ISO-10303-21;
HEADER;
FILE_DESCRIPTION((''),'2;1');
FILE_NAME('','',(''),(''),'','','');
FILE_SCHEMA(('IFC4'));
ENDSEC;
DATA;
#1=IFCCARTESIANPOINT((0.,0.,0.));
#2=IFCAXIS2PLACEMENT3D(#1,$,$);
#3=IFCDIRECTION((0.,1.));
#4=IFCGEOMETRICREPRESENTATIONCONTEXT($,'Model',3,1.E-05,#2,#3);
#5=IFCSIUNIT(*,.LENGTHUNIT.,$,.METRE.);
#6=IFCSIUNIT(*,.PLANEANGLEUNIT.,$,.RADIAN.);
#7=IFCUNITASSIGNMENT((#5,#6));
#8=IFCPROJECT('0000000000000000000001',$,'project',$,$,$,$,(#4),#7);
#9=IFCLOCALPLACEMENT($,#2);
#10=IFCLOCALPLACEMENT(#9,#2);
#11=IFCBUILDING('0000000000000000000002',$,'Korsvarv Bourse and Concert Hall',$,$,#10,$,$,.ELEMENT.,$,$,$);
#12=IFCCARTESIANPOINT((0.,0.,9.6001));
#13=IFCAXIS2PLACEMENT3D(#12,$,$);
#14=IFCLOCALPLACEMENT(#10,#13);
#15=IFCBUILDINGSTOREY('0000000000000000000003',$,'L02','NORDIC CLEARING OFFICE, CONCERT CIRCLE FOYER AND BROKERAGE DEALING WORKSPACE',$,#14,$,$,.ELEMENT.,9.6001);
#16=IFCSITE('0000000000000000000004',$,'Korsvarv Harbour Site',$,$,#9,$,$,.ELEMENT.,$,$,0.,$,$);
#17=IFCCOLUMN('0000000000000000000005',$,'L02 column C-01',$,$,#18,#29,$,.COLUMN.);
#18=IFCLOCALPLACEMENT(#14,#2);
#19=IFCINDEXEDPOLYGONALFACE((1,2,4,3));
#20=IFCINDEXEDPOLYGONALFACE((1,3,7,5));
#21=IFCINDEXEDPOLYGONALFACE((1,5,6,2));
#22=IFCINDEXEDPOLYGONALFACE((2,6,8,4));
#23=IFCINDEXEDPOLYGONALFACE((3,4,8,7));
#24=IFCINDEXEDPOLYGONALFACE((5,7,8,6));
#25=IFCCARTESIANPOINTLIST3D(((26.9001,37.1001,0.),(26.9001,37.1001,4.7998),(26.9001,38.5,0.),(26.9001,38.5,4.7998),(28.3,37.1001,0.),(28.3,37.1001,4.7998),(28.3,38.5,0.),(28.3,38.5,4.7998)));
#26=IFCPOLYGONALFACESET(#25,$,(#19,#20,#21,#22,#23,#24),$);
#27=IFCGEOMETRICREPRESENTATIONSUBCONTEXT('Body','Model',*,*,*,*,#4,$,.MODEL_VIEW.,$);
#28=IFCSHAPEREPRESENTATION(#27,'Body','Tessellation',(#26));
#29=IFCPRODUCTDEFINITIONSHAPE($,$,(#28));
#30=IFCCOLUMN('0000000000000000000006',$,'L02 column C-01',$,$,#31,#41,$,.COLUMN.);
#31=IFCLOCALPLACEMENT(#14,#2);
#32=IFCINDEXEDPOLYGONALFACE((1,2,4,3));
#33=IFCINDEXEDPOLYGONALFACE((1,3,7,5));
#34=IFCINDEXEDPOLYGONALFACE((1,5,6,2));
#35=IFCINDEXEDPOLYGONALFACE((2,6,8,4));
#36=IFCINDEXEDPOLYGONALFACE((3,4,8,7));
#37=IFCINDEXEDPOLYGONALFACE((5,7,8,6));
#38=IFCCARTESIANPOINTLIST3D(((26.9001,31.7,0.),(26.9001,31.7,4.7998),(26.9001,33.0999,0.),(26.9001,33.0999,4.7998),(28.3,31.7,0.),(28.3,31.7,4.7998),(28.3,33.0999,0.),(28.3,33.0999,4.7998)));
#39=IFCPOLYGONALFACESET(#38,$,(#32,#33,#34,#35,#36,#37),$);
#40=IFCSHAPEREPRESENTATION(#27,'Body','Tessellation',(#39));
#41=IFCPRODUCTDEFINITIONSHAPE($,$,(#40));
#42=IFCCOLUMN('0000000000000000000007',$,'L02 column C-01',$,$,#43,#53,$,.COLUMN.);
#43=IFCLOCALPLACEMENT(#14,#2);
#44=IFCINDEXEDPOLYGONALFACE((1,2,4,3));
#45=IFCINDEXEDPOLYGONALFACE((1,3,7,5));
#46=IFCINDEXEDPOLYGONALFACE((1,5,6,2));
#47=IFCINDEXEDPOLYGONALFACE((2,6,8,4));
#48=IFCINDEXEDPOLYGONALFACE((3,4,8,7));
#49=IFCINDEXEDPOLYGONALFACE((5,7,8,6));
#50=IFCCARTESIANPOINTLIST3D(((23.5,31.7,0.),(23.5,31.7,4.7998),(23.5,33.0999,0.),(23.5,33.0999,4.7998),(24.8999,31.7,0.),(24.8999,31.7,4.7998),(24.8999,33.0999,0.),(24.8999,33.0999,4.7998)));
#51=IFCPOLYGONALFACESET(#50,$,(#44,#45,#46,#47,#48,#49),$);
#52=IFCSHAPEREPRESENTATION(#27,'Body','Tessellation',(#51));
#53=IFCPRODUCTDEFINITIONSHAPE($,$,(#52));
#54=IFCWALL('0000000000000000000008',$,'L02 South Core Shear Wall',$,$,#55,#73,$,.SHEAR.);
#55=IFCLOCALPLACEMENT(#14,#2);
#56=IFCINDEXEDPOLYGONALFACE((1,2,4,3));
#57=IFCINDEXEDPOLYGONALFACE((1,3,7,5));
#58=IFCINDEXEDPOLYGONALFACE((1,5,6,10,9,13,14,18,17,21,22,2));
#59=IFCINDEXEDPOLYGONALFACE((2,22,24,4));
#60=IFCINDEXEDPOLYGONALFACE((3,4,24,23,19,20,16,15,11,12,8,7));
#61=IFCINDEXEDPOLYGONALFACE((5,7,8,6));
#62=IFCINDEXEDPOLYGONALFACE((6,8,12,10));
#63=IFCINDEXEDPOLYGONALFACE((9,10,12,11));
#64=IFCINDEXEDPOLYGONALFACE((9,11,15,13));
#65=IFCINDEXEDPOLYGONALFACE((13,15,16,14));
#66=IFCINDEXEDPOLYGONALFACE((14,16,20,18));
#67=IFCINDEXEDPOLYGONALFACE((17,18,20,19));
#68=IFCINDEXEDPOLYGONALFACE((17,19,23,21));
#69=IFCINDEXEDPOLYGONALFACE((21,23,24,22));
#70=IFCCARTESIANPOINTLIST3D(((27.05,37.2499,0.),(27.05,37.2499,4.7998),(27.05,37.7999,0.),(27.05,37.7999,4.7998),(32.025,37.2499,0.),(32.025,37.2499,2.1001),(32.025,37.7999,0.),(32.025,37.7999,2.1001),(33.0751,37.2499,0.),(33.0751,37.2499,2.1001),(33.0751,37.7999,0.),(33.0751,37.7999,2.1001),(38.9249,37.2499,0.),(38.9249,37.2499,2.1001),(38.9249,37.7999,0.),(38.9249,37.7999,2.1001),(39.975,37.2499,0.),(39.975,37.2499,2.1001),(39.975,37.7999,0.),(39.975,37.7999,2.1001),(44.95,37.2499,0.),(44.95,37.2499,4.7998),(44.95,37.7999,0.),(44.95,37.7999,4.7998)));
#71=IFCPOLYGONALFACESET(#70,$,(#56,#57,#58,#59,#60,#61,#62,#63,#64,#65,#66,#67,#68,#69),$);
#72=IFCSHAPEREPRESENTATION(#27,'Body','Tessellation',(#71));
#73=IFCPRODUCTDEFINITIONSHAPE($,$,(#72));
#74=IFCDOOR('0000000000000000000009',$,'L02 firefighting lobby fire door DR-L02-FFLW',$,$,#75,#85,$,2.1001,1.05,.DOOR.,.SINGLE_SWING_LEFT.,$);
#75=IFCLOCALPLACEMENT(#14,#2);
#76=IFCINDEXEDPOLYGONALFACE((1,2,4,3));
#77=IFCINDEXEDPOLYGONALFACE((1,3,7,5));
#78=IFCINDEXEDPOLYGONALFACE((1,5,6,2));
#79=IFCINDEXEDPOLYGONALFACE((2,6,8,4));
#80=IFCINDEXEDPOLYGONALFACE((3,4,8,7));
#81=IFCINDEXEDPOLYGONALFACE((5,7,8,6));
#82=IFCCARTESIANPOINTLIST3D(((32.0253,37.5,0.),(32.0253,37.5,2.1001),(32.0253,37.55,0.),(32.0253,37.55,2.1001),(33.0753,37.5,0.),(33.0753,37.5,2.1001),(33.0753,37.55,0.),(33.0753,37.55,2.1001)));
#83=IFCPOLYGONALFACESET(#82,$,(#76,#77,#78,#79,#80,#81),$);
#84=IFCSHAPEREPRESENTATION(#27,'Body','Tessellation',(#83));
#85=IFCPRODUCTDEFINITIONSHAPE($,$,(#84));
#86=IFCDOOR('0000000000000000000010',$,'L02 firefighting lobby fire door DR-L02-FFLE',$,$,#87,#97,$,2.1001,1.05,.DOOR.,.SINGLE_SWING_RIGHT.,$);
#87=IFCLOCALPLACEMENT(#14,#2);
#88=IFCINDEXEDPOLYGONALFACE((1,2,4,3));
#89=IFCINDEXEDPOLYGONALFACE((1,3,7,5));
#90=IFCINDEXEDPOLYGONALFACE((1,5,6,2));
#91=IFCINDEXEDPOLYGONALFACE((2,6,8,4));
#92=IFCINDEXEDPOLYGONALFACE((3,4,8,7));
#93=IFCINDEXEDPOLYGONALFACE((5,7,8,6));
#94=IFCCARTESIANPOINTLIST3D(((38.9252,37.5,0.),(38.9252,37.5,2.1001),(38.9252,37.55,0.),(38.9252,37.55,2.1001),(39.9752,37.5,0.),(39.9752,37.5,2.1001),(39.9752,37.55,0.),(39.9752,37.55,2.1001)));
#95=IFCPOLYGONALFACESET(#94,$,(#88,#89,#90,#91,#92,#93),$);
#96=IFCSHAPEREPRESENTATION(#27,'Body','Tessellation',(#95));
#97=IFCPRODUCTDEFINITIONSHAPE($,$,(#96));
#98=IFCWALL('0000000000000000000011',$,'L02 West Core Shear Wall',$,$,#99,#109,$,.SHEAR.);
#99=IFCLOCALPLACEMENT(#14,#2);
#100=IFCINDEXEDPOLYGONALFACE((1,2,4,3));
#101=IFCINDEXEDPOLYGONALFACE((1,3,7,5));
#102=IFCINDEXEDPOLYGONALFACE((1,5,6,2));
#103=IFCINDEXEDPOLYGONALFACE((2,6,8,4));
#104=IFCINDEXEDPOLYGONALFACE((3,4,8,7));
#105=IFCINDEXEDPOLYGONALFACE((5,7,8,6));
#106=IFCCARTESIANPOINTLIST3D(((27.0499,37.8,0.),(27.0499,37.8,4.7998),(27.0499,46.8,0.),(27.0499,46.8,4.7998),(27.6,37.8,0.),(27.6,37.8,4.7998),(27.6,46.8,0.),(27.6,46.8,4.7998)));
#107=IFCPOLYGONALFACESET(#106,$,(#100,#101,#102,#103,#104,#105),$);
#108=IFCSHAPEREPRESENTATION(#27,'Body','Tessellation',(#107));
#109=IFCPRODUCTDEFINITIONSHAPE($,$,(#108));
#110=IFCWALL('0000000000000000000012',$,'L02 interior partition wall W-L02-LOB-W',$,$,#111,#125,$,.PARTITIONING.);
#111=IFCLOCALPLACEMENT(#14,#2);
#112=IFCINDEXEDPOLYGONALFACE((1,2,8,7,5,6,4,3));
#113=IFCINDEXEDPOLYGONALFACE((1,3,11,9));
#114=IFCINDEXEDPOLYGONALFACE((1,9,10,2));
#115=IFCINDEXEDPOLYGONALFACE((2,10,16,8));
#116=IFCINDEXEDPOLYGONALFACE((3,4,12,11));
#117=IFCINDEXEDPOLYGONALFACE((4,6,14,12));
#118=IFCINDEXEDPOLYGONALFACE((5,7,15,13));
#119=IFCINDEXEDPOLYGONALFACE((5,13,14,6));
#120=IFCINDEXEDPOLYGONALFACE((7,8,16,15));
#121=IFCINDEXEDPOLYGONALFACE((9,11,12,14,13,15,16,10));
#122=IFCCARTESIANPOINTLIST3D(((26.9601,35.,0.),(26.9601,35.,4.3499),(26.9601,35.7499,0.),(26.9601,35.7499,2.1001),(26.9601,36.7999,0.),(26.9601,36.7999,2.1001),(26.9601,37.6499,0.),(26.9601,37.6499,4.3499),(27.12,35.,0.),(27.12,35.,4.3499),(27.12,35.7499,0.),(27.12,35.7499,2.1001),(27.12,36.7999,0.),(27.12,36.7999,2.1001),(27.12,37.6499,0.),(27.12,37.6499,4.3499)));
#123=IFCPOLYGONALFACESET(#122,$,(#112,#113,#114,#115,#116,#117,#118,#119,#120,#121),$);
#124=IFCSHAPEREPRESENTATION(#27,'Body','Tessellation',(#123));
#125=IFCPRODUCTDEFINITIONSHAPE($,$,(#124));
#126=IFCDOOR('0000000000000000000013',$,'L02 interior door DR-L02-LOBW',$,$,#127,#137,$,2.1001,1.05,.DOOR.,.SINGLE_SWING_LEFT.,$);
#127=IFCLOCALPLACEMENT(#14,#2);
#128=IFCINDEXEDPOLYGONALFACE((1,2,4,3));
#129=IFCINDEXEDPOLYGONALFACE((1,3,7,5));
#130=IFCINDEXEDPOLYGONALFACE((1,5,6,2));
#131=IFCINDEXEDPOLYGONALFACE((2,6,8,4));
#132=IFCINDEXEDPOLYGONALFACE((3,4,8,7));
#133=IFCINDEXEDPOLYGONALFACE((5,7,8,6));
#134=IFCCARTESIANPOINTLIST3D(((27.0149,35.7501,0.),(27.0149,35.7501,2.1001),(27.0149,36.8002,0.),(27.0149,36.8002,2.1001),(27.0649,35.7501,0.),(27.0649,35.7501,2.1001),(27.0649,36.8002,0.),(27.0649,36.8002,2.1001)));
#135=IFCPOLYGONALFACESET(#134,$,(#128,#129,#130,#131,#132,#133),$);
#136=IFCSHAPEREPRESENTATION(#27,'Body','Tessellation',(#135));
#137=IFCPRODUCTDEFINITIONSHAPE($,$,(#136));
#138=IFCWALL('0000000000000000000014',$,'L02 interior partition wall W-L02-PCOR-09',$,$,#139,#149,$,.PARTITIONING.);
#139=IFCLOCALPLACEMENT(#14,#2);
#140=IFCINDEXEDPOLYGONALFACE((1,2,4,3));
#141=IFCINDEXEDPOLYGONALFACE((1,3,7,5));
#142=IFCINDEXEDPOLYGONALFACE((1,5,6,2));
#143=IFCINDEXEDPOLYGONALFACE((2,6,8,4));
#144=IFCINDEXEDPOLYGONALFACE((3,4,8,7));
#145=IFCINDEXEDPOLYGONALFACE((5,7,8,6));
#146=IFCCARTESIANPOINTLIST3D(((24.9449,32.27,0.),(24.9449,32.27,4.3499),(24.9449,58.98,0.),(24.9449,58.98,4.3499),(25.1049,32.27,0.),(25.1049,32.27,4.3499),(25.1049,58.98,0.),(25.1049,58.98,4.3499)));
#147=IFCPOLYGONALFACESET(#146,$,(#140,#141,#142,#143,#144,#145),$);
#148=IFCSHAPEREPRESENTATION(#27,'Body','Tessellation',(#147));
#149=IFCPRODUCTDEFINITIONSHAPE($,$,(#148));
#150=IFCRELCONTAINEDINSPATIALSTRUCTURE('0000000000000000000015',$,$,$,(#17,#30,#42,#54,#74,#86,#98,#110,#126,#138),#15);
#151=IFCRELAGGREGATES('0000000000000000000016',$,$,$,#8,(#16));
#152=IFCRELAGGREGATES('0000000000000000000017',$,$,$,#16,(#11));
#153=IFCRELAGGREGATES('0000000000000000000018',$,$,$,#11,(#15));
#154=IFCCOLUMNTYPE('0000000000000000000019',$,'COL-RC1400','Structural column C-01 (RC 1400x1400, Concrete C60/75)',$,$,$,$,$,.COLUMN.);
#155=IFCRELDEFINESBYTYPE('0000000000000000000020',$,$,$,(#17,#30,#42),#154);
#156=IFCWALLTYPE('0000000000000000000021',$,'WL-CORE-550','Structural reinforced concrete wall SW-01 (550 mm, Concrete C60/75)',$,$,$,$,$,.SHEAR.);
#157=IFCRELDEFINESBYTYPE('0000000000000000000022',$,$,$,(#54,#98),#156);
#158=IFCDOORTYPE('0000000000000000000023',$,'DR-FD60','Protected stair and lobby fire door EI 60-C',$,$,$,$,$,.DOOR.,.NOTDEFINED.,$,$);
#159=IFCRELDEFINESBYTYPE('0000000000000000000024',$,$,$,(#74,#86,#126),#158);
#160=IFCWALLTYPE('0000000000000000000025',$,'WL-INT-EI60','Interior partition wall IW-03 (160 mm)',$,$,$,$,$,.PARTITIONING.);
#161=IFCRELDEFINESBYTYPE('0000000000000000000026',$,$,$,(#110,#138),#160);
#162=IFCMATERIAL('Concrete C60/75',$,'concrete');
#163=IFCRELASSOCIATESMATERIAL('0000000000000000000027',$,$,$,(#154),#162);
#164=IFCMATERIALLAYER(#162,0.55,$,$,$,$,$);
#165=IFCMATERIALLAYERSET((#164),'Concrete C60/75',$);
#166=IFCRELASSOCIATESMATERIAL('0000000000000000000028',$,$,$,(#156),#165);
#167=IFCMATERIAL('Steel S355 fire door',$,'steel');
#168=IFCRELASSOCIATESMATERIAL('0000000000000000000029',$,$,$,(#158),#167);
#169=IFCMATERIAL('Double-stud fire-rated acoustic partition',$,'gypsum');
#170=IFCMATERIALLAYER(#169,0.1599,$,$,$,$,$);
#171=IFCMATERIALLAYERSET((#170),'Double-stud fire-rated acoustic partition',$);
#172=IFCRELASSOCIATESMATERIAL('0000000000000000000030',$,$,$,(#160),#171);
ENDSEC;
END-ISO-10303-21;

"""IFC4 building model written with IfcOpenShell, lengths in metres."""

from ifc_helpers import new_model, si_unit, direction, frame, frame_2d, origin, origin_2d, place, context, subcontext, project, spatial, rectangle, extrude, source, transform, mapped, material, layer, layer_set, material_profile, profile_set, type_object, element, fill, save


model = new_model("IFC4")

# Units and contexts
model_context = context("Model", 3, precision=1e-05, world=origin(), true_north=direction((0.0, 1.0)))
body_context = subcontext(model_context, "Body", "Model", "MODEL_VIEW")
ifc_project = project(units=[si_unit("LENGTHUNIT", "METRE"), si_unit("PLANEANGLEUNIT", "RADIAN")], contexts=[model_context])

# Site, building, storey
site_placement = place(None, origin())
site = spatial("IfcSite", under=ifc_project, at=site_placement, Name="Korsvarv Harbour Site", CompositionType="ELEMENT", RefElevation=0.0)
building_placement = place(site_placement, origin())
building = spatial("IfcBuilding", under=site, at=building_placement, Name="Korsvarv Bourse and Concert Hall", CompositionType="ELEMENT")
storey_placement = place(building_placement, frame((0.0, 0.0, 9.6001)))
storey = spatial("IfcBuildingStorey", under=building, at=storey_placement, Name="L02", Description="NORDIC CLEARING OFFICE, CONCERT CIRCLE FOYER AND BROKERAGE DEALING WORKSPACE", CompositionType="ELEMENT", Elevation=9.6001)

# Columns
ifc_material_1 = material(Name="Concrete C60/75", Category="concrete")
ifc_material_profile = material_profile(ifc_material_1, rectangle(XDim=1.3999, YDim=1.3999, at=origin_2d()), Name="RC 1400x1400")
ifc_profile_set = profile_set([ifc_material_profile], Name="Concrete C60/75")
column_type = type_object("IfcColumnType", Name="COL-RC1400", Description="Structural column C-01 (RC 1400x1400, Concrete C60/75)", PredefinedType="COLUMN", material=ifc_profile_set)
shared_shape = source(origin(), body_context, "Body", "SweptSolid", [
    extrude(rectangle(XDim=1.3999, YDim=1.3999, at=origin_2d()), origin(), (0.0, 0.0, 1.0), 4.7998),
])
for number, where, z_axis, x_axis, name in (
    (1, (27.6001, 37.8, 0.0), (0.0, 0.0, 1.0), (1.0, 0.0, 0.0), "L02 column C-01"),
    (2, (27.6001, 32.3999, 0.0), (0.0, 0.0, 1.0), (1.0, 0.0, 0.0), "L02 column C-01"),
    (3, (24.2, 32.3999, 0.0), (0.0, 0.0, 1.0), (1.0, 0.0, 0.0), "L02 column C-01"),
):
    element("IfcColumn", number, at=place(storey_placement, frame(where, z_axis=z_axis, x_axis=x_axis)), inside=storey, type_object=column_type, Name=name, PredefinedType="COLUMN", context=body_context, shape_type="MappedRepresentation", body=[
        mapped(shared_shape, transform((0.0, 0.0, 0.0), scale=1.0)),
    ])

# Wall, openings, doors
ifc_layer_1 = layer(ifc_material_1, 0.55)
ifc_layer_set_1 = layer_set([ifc_layer_1], Name="Concrete C60/75")
wall_type_1 = type_object("IfcWallType", Name="WL-CORE-550", Description="Structural reinforced concrete wall SW-01 (550 mm, Concrete C60/75)", PredefinedType="SHEAR", material=ifc_layer_set_1)
wall_1_placement = place(storey_placement, frame((27.05, 37.5249, 0.0), z_axis=(0.0, 0.0, 1.0), x_axis=(1.0, 0.0, 0.0)))
wall_1 = element("IfcWall", 4, at=wall_1_placement, inside=storey, type_object=wall_type_1, Name="L02 South Core Shear Wall", PredefinedType="SHEAR", context=body_context, shape_type="SweptSolid", body=[
    extrude(rectangle(XDim=17.8999, YDim=0.55, at=frame_2d((8.95, 0.0))), origin(), (0.0, 0.0, 1.0), 4.7998),
])
opening_1_placement = place(wall_1_placement, frame((4.9751, 0.0, 0.0)))
opening_1 = element("IfcOpeningElement", 5, at=opening_1_placement, cuts=wall_1, PredefinedType="OPENING", context=body_context, shape_type="SweptSolid", body=[
    extrude(rectangle(XDim=1.05, YDim=2.1001, at=frame_2d((0.5249, 1.05))), frame((0.0, 0.2852, 0.0), z_axis=(0.0, -1.0, 0.0), x_axis=(1.0, 0.0, 0.0)), (0.0, 0.0, 1.0), 0.5701),
])
opening_2_placement = place(wall_1_placement, frame((11.875, 0.0, 0.0)))
opening_2 = element("IfcOpeningElement", 6, at=opening_2_placement, cuts=wall_1, PredefinedType="OPENING", context=body_context, shape_type="SweptSolid", body=[
    extrude(rectangle(XDim=1.05, YDim=2.1001, at=frame_2d((0.5249, 1.05))), frame((0.0, 0.2852, 0.0), z_axis=(0.0, -1.0, 0.0), x_axis=(1.0, 0.0, 0.0)), (0.0, 0.0, 1.0), 0.5701),
])
ifc_material_2 = material(Name="Steel S355 fire door", Category="steel")
door_type_1 = type_object("IfcDoorType", Name="DR-FD60", Description="Protected stair and lobby fire door EI 60-C", OperationType="NOTDEFINED", PredefinedType="DOOR", material=ifc_material_2)
door_1_placement = place(opening_1_placement, frame((1.05, 0.0, 0.0), z_axis=(0.0, 0.0, 1.0), x_axis=(-1.0, 0.0, 0.0)))
door_1 = element("IfcDoor", 7, at=door_1_placement, inside=storey, type_object=door_type_1, Name="L02 firefighting lobby fire door DR-L02-FFLW", OperationType="SINGLE_SWING_LEFT", OverallHeight=2.1001, OverallWidth=1.05, PredefinedType="DOOR", context=body_context, shape_type="SweptSolid", body=[
    extrude(rectangle(XDim=1.05, YDim=2.1001, at=frame_2d((0.5249, 1.05))), frame((0.0, 0.0249, 0.0), z_axis=(0.0, -1.0, 0.0), x_axis=(1.0, 0.0, 0.0)), (0.0, 0.0, 1.0), 0.05),
])
fill(opening_1, door_1)
door_2_placement = place(opening_2_placement, frame((1.05, 0.0, 0.0), z_axis=(0.0, 0.0, 1.0), x_axis=(-1.0, 0.0, 0.0)))
door_2 = element("IfcDoor", 8, at=door_2_placement, inside=storey, type_object=door_type_1, Name="L02 firefighting lobby fire door DR-L02-FFLE", OperationType="SINGLE_SWING_RIGHT", OverallHeight=2.1001, OverallWidth=1.05, PredefinedType="DOOR", context=body_context, shape_type="SweptSolid", body=[
    extrude(rectangle(XDim=1.05, YDim=2.1001, at=frame_2d((0.5249, 1.05))), frame((0.0, 0.0249, 0.0), z_axis=(0.0, -1.0, 0.0), x_axis=(1.0, 0.0, 0.0)), (0.0, 0.0, 1.0), 0.05),
])
fill(opening_2, door_2)

# Wall
wall_2_placement = place(storey_placement, frame((27.325, 37.8, 0.0), z_axis=(0.0, 0.0, 1.0), x_axis=(0.0, 1.0, 0.0)))
element("IfcWall", 9, at=wall_2_placement, inside=storey, type_object=wall_type_1, Name="L02 West Core Shear Wall", PredefinedType="SHEAR", context=body_context, shape_type="SweptSolid", body=[
    extrude(rectangle(XDim=9.0, YDim=0.55, at=frame_2d((4.5, 0.0))), origin(), (0.0, 0.0, 1.0), 4.7998),
])

# Wall, opening, door
ifc_material_3 = material(Name="Double-stud fire-rated acoustic partition", Category="gypsum")
ifc_layer_2 = layer(ifc_material_3, 0.1599)
ifc_layer_set_2 = layer_set([ifc_layer_2], Name="Double-stud fire-rated acoustic partition")
wall_type_2 = type_object("IfcWallType", Name="WL-INT-EI60", Description="Interior partition wall IW-03 (160 mm)", PredefinedType="PARTITIONING", material=ifc_layer_set_2)
wall_3_placement = place(storey_placement, frame((27.04, 35.0, 0.0), z_axis=(0.0, 0.0, 1.0), x_axis=(0.0, 1.0, 0.0)))
wall_3 = element("IfcWall", 10, at=wall_3_placement, inside=storey, type_object=wall_type_2, Name="L02 interior partition wall W-L02-LOB-W", PredefinedType="PARTITIONING", context=body_context, shape_type="SweptSolid", body=[
    extrude(rectangle(XDim=2.6499, YDim=0.1599, at=frame_2d((1.325, 0.0))), origin(), (0.0, 0.0, 1.0), 4.3499),
])
opening_3_placement = place(wall_3_placement, frame((0.75, 0.0, 0.0)))
opening_3 = element("IfcOpeningElement", 11, at=opening_3_placement, cuts=wall_3, PredefinedType="OPENING", context=body_context, shape_type="SweptSolid", body=[
    extrude(rectangle(XDim=1.05, YDim=2.1001, at=frame_2d((0.5249, 1.05))), frame((0.0, 0.0898, 0.0), z_axis=(0.0, -1.0, 0.0), x_axis=(1.0, 0.0, 0.0)), (0.0, 0.0, 1.0), 0.1799),
])
door_3_placement = place(opening_3_placement, frame((1.05, 0.0, 0.0), z_axis=(0.0, 0.0, 1.0), x_axis=(-1.0, 0.0, 0.0)))
door_3 = element("IfcDoor", 12, at=door_3_placement, inside=storey, type_object=door_type_1, Name="L02 interior door DR-L02-LOBW", OperationType="SINGLE_SWING_LEFT", OverallHeight=2.1001, OverallWidth=1.05, PredefinedType="DOOR", context=body_context, shape_type="SweptSolid", body=[
    extrude(rectangle(XDim=1.05, YDim=2.1001, at=frame_2d((0.5249, 1.05))), frame((0.0, 0.0249, 0.0), z_axis=(0.0, -1.0, 0.0), x_axis=(1.0, 0.0, 0.0)), (0.0, 0.0, 1.0), 0.05),
])
fill(opening_3, door_3)

# Wall
wall_4_placement = place(storey_placement, frame((25.0249, 32.27, 0.0), z_axis=(0.0, 0.0, 1.0), x_axis=(0.0, 1.0, 0.0)))
element("IfcWall", 13, at=wall_4_placement, inside=storey, type_object=wall_type_2, Name="L02 interior partition wall W-L02-PCOR-09", PredefinedType="PARTITIONING", context=body_context, shape_type="SweptSolid", body=[
    extrude(rectangle(XDim=26.71, YDim=0.1599, at=frame_2d((13.355, 0.0))), origin(), (0.0, 0.0, 1.0), 4.3499),
])

save(model, "model.ifc")
